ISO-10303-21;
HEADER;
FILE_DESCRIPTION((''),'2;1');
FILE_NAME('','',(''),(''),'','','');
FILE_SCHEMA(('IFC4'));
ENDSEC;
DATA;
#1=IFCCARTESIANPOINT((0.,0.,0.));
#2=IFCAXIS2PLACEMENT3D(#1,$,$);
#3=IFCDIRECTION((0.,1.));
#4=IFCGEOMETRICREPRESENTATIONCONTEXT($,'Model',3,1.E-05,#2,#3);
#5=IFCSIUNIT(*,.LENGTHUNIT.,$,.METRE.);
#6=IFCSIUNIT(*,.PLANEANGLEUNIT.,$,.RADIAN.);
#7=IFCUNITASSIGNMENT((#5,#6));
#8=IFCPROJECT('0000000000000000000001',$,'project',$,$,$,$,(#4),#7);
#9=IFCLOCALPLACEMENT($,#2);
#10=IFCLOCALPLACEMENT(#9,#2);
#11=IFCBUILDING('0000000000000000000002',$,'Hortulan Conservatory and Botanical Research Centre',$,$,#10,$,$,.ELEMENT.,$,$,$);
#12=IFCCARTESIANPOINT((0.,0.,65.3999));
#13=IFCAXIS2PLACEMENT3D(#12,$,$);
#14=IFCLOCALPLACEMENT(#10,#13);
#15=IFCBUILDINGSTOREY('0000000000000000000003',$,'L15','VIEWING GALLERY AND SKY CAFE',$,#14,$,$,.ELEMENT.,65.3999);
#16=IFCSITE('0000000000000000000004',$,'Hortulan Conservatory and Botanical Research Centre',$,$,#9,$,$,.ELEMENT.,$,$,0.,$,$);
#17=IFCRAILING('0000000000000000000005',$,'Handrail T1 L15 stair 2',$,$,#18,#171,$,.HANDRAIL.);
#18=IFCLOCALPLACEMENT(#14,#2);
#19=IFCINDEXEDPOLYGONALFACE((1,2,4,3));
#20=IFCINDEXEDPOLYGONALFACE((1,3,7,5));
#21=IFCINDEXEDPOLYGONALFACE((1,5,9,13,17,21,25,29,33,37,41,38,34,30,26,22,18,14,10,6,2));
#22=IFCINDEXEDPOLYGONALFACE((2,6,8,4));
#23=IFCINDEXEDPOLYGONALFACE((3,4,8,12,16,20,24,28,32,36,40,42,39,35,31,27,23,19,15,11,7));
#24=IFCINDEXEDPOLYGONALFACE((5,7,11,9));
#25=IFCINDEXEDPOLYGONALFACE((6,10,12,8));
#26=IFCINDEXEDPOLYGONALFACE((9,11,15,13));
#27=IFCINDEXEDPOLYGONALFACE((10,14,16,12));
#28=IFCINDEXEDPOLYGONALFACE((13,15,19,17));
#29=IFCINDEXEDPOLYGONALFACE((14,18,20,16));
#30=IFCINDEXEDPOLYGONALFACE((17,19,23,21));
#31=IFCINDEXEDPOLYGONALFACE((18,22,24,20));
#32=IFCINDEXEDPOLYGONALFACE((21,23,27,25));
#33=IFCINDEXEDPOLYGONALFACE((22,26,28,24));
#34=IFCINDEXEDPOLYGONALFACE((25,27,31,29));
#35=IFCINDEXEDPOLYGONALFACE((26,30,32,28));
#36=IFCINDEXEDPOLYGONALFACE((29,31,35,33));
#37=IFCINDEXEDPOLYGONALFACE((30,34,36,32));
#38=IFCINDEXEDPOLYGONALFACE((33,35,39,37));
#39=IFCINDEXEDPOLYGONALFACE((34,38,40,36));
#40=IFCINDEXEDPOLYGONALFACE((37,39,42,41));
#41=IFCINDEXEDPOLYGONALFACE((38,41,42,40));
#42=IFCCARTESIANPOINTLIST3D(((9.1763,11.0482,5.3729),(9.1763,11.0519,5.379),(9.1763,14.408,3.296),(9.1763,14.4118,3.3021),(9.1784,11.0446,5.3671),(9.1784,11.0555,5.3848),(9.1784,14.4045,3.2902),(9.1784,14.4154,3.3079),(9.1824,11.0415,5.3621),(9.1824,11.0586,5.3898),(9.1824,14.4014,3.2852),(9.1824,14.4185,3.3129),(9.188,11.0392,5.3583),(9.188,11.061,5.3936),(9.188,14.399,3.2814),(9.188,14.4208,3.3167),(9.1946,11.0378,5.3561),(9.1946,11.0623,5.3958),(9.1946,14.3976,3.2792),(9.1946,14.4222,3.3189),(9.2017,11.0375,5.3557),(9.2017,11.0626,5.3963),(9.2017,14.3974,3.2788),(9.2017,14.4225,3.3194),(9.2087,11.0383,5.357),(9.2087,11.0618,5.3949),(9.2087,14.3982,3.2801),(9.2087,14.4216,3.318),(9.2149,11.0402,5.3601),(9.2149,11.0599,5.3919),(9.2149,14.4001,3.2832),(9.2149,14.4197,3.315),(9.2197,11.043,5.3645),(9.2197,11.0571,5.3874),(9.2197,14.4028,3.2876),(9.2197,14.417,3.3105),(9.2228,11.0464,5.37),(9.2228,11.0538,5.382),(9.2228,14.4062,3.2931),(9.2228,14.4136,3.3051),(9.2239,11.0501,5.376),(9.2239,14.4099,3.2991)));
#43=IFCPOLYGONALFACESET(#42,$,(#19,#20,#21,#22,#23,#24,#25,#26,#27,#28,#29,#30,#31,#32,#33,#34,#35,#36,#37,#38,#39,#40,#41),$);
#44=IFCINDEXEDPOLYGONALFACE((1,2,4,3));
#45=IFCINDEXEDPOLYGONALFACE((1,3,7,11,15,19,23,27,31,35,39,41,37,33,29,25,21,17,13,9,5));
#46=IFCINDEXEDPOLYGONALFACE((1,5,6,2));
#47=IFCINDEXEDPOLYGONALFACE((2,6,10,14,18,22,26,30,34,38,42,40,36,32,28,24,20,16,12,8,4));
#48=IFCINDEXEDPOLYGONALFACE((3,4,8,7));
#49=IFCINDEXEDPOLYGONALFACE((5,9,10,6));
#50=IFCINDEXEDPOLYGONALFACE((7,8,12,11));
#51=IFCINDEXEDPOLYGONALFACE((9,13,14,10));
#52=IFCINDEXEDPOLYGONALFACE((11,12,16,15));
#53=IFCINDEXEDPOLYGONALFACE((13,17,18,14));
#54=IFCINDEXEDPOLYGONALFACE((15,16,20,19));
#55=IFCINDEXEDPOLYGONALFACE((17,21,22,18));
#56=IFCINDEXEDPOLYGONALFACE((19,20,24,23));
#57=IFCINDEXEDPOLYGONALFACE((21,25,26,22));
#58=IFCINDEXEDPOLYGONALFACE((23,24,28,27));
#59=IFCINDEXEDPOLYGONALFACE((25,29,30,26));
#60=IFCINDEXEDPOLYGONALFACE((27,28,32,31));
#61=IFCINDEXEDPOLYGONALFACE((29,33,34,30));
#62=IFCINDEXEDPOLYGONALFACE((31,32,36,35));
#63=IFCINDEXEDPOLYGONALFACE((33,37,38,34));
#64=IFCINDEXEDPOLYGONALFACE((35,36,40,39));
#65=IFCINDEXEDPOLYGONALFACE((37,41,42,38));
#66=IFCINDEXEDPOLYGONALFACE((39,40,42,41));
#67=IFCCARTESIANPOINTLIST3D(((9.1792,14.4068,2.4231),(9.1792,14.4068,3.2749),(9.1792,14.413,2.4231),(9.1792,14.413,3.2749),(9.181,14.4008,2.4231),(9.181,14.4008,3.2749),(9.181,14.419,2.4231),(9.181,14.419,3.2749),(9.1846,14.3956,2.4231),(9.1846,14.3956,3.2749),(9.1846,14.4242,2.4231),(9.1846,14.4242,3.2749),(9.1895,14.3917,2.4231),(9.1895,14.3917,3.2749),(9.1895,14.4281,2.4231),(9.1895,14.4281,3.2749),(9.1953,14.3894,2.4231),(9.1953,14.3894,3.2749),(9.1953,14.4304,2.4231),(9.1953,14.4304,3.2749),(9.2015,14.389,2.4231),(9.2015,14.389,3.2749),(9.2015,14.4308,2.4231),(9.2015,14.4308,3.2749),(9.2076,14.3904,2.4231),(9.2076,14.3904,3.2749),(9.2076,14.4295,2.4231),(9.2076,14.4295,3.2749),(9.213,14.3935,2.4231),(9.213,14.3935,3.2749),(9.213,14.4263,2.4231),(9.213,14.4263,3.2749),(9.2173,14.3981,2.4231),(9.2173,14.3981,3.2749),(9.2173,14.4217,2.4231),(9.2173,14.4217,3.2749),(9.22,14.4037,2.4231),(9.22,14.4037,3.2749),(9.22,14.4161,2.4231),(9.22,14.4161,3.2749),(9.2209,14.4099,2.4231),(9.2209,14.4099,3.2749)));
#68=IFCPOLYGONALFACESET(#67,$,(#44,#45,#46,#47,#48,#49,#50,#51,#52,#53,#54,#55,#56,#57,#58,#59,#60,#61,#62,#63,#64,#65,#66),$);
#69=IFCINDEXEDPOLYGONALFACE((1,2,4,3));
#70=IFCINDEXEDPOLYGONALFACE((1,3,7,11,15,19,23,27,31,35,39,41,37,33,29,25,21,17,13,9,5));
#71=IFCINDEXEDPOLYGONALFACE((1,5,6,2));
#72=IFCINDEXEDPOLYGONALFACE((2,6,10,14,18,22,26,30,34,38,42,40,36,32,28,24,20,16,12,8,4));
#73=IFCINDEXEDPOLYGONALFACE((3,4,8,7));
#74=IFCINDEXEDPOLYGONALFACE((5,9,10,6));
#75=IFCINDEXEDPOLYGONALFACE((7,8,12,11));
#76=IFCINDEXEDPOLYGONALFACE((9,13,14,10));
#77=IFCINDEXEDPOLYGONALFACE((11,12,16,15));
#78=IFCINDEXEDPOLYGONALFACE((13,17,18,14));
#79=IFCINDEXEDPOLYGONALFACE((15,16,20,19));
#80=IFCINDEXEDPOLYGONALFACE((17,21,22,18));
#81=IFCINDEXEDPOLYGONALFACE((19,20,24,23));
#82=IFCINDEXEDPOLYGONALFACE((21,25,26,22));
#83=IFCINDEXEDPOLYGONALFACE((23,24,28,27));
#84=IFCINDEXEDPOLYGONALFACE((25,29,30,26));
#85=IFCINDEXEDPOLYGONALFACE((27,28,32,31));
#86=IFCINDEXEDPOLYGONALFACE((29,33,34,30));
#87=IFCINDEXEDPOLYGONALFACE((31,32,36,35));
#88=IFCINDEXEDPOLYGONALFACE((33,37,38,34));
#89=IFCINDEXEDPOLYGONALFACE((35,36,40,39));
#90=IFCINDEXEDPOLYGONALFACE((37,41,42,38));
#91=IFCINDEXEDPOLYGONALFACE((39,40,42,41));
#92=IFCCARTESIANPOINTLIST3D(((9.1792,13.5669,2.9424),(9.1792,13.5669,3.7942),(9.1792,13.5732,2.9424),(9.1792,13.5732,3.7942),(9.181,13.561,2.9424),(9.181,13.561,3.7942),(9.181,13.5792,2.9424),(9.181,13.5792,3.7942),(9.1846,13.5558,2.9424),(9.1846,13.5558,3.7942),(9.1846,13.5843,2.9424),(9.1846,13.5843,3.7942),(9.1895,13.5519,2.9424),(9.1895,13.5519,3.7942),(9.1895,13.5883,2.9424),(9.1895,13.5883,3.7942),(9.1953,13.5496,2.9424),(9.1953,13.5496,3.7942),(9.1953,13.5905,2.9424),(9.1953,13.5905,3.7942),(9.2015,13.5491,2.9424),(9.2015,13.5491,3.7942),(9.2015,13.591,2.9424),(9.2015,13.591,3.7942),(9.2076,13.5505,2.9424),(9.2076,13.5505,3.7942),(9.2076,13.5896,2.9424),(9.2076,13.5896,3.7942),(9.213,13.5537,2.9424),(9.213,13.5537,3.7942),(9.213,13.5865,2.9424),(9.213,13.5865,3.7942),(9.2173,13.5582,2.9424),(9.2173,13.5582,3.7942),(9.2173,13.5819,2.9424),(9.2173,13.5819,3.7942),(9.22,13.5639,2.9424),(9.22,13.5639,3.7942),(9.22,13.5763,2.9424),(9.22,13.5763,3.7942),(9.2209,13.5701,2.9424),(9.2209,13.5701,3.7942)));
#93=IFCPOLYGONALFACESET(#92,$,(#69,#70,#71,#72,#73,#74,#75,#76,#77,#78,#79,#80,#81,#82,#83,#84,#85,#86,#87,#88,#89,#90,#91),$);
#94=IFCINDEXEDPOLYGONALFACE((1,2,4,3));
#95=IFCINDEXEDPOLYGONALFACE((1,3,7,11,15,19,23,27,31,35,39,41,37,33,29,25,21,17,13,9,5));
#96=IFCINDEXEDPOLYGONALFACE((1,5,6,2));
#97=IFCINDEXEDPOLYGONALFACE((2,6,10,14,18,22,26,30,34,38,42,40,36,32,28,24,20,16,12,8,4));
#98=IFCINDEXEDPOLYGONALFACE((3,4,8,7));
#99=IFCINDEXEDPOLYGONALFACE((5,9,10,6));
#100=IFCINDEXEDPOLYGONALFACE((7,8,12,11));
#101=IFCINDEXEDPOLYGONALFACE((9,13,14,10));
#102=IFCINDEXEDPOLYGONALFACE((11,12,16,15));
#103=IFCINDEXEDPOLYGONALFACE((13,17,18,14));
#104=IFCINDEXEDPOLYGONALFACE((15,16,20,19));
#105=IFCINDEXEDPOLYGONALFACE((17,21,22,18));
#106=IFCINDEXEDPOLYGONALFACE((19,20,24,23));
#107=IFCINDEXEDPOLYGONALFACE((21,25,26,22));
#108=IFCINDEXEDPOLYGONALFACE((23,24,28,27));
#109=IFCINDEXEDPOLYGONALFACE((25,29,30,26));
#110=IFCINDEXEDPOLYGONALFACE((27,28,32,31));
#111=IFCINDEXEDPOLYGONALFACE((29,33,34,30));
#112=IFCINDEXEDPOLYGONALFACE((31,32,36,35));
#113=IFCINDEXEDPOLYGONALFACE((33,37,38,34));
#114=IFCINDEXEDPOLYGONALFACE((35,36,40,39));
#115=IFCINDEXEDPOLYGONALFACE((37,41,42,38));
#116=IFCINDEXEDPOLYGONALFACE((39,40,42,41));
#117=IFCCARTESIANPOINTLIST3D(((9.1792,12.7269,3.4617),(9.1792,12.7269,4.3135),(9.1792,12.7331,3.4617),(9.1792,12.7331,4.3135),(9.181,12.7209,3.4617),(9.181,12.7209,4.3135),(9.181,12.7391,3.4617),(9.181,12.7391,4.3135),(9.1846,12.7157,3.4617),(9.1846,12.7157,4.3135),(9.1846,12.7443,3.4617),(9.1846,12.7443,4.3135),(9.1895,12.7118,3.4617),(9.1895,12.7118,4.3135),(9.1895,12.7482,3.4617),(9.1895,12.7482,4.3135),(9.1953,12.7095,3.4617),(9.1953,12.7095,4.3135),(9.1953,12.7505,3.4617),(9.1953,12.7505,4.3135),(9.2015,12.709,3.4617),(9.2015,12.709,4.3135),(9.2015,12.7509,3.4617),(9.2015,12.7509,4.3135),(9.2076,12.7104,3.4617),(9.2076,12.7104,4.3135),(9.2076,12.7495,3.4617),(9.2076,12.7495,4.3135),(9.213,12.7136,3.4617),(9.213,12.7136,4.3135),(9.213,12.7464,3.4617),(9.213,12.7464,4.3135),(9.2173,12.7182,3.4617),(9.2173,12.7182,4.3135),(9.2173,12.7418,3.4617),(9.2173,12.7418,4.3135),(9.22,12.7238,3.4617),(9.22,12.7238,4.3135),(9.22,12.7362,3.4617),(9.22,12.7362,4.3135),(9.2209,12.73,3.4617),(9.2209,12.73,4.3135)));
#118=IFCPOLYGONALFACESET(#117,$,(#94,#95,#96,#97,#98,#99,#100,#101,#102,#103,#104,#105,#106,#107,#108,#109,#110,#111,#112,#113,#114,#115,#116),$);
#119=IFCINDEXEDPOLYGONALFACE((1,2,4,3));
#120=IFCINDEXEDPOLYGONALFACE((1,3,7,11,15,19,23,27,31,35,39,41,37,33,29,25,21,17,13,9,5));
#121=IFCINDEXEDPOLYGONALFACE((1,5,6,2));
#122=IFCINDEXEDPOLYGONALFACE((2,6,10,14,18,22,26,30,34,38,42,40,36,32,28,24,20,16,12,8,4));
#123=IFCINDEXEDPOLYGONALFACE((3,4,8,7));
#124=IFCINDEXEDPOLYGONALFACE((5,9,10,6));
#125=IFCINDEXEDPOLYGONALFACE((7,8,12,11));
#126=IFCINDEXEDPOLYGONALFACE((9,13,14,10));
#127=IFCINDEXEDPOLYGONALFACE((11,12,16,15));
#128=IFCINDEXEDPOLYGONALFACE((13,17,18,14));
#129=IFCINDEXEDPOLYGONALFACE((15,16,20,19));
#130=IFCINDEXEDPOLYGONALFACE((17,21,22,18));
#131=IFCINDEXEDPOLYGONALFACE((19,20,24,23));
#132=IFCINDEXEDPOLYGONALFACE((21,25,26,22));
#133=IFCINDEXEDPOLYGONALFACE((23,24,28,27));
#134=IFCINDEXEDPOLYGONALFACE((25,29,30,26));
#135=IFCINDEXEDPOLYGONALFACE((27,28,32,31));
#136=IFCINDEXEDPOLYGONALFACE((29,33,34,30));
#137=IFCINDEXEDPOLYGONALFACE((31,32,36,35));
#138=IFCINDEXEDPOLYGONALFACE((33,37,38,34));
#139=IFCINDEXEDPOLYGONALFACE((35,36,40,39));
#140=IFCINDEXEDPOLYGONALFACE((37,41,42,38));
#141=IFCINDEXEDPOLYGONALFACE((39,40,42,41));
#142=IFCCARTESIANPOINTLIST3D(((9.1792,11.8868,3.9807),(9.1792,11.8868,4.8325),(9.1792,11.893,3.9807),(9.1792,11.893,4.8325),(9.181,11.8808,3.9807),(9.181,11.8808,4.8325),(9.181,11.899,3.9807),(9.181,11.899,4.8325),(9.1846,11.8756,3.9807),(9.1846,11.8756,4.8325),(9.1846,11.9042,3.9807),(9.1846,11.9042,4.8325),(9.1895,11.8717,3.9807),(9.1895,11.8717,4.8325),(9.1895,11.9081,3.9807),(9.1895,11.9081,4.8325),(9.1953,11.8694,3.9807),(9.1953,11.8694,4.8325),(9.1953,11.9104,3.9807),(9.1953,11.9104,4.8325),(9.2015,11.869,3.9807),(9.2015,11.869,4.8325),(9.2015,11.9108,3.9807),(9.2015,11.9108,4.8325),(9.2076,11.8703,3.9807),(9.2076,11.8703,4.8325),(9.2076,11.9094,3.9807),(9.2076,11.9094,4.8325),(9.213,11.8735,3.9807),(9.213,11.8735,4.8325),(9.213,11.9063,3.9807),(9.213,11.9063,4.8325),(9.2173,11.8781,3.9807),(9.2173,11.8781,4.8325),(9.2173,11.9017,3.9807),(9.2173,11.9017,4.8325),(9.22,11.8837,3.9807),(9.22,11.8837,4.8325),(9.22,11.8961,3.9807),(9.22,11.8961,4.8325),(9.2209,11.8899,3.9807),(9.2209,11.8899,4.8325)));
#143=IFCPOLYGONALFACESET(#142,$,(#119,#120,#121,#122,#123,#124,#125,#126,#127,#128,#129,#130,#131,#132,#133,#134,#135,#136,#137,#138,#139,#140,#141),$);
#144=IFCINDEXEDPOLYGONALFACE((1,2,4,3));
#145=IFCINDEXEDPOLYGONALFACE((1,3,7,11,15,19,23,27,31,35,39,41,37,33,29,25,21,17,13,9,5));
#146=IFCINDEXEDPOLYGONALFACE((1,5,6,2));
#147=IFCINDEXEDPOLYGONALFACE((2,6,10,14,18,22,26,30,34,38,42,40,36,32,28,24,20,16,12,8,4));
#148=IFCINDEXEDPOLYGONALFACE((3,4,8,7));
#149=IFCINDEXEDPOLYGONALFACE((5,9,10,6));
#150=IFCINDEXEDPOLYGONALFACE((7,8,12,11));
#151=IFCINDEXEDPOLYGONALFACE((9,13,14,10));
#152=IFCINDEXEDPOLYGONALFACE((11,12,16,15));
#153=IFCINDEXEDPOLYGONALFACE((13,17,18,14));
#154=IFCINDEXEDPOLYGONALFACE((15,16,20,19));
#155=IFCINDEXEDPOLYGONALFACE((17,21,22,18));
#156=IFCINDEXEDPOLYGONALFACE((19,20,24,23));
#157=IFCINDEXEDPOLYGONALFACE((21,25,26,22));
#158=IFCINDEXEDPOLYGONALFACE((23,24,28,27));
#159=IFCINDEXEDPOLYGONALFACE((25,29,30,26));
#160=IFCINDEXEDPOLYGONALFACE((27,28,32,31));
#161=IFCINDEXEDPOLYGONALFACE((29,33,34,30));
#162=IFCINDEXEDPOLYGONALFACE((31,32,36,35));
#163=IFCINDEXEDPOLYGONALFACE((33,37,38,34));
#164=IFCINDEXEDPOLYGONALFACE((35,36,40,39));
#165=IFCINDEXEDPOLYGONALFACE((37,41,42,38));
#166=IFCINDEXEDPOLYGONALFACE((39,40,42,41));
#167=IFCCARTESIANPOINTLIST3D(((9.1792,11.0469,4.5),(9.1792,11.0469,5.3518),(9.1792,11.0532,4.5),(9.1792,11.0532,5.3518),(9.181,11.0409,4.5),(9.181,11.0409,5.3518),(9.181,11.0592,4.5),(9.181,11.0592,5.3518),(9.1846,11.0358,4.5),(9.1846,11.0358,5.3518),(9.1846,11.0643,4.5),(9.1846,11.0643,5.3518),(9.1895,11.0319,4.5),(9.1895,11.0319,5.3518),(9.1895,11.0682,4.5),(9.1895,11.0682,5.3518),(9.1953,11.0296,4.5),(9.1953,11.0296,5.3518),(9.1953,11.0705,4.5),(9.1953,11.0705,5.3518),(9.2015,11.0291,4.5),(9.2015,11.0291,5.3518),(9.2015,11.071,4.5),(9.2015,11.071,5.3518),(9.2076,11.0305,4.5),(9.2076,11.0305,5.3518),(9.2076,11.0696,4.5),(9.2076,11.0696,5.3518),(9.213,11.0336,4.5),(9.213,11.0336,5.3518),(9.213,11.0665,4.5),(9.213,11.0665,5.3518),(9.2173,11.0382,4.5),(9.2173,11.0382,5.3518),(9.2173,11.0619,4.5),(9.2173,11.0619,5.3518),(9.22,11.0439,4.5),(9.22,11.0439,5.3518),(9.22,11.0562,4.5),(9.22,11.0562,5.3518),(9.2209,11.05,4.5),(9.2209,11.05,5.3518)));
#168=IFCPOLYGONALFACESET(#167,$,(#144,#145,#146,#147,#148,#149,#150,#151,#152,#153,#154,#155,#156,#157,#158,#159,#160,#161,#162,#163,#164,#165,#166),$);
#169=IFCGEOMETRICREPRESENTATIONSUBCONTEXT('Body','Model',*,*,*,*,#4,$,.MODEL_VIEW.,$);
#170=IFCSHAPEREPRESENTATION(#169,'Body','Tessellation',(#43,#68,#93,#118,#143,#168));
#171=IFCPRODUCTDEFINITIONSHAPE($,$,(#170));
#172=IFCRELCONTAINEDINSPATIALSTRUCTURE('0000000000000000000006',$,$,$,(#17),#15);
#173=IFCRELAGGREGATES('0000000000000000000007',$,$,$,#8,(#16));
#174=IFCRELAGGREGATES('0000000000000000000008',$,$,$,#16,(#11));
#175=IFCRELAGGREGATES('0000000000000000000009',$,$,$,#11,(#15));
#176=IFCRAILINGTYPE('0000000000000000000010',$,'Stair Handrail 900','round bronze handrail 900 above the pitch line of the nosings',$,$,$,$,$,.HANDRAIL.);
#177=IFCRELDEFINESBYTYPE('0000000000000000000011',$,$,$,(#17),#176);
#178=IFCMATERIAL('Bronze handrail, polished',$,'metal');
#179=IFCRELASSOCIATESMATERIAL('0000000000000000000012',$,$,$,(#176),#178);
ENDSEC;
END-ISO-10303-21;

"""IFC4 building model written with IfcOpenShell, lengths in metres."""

from ifc_helpers import new_model, si_unit, direction, frame, origin, origin_2d, place, context, subcontext, project, spatial, circle, extrude, material, type_object, element, save


model = new_model("IFC4")

# Units and contexts
model_context = context("Model", 3, precision=1e-05, world=origin(), true_north=direction((0.0, 1.0)))
body_context = subcontext(model_context, "Body", "Model", "MODEL_VIEW")
ifc_project = project(units=[si_unit("LENGTHUNIT", "METRE"), si_unit("PLANEANGLEUNIT", "RADIAN")], contexts=[model_context])

# Site, building, storey
site_placement = place(None, origin())
site = spatial("IfcSite", under=ifc_project, at=site_placement, Name="Hortulan Conservatory and Botanical Research Centre", CompositionType="ELEMENT", RefElevation=0.0)
building_placement = place(site_placement, origin())
building = spatial("IfcBuilding", under=site, at=building_placement, Name="Hortulan Conservatory and Botanical Research Centre", CompositionType="ELEMENT")
storey_placement = place(building_placement, frame((0.0, 0.0, 65.3999)))
storey = spatial("IfcBuildingStorey", under=building, at=storey_placement, Name="L15", Description="VIEWING GALLERY AND SKY CAFE", CompositionType="ELEMENT", Elevation=65.3999)

# Railing
ifc_material_1 = material(Name="Bronze handrail, polished", Category="metal")
railing_type_1 = type_object("IfcRailingType", Name="Stair Handrail 900", Description="round bronze handrail 900 above the pitch line of the nosings", PredefinedType="HANDRAIL", material=ifc_material_1)
for number, where, name in (
    (1, (9.2, 14.4099, 2.4231), "Handrail T1 L15 stair 2"),
):
    element("IfcRailing", number, at=place(storey_placement, frame(where)), inside=storey, type_object=railing_type_1, Name=name, PredefinedType="HANDRAIL", context=body_context, shape_type="SweptSolid", body=[
        extrude(circle(Radius=0.0239, at=origin_2d()), frame((0.0, 0.0, 0.876), z_axis=(0.0, -0.850606, 0.525803), x_axis=(1.0, 0.0, 0.0)), (0.0, 0.0, 1.0), 3.95),
        extrude(circle(Radius=0.021, at=origin_2d()), origin(), (0.0, 0.0, 1.0), 0.8518),
        extrude(circle(Radius=0.021, at=origin_2d()), frame((0.0, -0.8398, 0.5193)), (0.0, 0.0, 1.0), 0.8518),
        extrude(circle(Radius=0.021, at=origin_2d()), frame((0.0, -1.6799, 1.0386)), (0.0, 0.0, 1.0), 0.8518),
        extrude(circle(Radius=0.021, at=origin_2d()), frame((0.0, -2.52, 1.5576)), (0.0, 0.0, 1.0), 0.8518),
        extrude(circle(Radius=0.021, at=origin_2d()), frame((0.0, -3.3599, 2.0769)), (0.0, 0.0, 1.0), 0.8518),
    ])

save(model, "model.ifc")
